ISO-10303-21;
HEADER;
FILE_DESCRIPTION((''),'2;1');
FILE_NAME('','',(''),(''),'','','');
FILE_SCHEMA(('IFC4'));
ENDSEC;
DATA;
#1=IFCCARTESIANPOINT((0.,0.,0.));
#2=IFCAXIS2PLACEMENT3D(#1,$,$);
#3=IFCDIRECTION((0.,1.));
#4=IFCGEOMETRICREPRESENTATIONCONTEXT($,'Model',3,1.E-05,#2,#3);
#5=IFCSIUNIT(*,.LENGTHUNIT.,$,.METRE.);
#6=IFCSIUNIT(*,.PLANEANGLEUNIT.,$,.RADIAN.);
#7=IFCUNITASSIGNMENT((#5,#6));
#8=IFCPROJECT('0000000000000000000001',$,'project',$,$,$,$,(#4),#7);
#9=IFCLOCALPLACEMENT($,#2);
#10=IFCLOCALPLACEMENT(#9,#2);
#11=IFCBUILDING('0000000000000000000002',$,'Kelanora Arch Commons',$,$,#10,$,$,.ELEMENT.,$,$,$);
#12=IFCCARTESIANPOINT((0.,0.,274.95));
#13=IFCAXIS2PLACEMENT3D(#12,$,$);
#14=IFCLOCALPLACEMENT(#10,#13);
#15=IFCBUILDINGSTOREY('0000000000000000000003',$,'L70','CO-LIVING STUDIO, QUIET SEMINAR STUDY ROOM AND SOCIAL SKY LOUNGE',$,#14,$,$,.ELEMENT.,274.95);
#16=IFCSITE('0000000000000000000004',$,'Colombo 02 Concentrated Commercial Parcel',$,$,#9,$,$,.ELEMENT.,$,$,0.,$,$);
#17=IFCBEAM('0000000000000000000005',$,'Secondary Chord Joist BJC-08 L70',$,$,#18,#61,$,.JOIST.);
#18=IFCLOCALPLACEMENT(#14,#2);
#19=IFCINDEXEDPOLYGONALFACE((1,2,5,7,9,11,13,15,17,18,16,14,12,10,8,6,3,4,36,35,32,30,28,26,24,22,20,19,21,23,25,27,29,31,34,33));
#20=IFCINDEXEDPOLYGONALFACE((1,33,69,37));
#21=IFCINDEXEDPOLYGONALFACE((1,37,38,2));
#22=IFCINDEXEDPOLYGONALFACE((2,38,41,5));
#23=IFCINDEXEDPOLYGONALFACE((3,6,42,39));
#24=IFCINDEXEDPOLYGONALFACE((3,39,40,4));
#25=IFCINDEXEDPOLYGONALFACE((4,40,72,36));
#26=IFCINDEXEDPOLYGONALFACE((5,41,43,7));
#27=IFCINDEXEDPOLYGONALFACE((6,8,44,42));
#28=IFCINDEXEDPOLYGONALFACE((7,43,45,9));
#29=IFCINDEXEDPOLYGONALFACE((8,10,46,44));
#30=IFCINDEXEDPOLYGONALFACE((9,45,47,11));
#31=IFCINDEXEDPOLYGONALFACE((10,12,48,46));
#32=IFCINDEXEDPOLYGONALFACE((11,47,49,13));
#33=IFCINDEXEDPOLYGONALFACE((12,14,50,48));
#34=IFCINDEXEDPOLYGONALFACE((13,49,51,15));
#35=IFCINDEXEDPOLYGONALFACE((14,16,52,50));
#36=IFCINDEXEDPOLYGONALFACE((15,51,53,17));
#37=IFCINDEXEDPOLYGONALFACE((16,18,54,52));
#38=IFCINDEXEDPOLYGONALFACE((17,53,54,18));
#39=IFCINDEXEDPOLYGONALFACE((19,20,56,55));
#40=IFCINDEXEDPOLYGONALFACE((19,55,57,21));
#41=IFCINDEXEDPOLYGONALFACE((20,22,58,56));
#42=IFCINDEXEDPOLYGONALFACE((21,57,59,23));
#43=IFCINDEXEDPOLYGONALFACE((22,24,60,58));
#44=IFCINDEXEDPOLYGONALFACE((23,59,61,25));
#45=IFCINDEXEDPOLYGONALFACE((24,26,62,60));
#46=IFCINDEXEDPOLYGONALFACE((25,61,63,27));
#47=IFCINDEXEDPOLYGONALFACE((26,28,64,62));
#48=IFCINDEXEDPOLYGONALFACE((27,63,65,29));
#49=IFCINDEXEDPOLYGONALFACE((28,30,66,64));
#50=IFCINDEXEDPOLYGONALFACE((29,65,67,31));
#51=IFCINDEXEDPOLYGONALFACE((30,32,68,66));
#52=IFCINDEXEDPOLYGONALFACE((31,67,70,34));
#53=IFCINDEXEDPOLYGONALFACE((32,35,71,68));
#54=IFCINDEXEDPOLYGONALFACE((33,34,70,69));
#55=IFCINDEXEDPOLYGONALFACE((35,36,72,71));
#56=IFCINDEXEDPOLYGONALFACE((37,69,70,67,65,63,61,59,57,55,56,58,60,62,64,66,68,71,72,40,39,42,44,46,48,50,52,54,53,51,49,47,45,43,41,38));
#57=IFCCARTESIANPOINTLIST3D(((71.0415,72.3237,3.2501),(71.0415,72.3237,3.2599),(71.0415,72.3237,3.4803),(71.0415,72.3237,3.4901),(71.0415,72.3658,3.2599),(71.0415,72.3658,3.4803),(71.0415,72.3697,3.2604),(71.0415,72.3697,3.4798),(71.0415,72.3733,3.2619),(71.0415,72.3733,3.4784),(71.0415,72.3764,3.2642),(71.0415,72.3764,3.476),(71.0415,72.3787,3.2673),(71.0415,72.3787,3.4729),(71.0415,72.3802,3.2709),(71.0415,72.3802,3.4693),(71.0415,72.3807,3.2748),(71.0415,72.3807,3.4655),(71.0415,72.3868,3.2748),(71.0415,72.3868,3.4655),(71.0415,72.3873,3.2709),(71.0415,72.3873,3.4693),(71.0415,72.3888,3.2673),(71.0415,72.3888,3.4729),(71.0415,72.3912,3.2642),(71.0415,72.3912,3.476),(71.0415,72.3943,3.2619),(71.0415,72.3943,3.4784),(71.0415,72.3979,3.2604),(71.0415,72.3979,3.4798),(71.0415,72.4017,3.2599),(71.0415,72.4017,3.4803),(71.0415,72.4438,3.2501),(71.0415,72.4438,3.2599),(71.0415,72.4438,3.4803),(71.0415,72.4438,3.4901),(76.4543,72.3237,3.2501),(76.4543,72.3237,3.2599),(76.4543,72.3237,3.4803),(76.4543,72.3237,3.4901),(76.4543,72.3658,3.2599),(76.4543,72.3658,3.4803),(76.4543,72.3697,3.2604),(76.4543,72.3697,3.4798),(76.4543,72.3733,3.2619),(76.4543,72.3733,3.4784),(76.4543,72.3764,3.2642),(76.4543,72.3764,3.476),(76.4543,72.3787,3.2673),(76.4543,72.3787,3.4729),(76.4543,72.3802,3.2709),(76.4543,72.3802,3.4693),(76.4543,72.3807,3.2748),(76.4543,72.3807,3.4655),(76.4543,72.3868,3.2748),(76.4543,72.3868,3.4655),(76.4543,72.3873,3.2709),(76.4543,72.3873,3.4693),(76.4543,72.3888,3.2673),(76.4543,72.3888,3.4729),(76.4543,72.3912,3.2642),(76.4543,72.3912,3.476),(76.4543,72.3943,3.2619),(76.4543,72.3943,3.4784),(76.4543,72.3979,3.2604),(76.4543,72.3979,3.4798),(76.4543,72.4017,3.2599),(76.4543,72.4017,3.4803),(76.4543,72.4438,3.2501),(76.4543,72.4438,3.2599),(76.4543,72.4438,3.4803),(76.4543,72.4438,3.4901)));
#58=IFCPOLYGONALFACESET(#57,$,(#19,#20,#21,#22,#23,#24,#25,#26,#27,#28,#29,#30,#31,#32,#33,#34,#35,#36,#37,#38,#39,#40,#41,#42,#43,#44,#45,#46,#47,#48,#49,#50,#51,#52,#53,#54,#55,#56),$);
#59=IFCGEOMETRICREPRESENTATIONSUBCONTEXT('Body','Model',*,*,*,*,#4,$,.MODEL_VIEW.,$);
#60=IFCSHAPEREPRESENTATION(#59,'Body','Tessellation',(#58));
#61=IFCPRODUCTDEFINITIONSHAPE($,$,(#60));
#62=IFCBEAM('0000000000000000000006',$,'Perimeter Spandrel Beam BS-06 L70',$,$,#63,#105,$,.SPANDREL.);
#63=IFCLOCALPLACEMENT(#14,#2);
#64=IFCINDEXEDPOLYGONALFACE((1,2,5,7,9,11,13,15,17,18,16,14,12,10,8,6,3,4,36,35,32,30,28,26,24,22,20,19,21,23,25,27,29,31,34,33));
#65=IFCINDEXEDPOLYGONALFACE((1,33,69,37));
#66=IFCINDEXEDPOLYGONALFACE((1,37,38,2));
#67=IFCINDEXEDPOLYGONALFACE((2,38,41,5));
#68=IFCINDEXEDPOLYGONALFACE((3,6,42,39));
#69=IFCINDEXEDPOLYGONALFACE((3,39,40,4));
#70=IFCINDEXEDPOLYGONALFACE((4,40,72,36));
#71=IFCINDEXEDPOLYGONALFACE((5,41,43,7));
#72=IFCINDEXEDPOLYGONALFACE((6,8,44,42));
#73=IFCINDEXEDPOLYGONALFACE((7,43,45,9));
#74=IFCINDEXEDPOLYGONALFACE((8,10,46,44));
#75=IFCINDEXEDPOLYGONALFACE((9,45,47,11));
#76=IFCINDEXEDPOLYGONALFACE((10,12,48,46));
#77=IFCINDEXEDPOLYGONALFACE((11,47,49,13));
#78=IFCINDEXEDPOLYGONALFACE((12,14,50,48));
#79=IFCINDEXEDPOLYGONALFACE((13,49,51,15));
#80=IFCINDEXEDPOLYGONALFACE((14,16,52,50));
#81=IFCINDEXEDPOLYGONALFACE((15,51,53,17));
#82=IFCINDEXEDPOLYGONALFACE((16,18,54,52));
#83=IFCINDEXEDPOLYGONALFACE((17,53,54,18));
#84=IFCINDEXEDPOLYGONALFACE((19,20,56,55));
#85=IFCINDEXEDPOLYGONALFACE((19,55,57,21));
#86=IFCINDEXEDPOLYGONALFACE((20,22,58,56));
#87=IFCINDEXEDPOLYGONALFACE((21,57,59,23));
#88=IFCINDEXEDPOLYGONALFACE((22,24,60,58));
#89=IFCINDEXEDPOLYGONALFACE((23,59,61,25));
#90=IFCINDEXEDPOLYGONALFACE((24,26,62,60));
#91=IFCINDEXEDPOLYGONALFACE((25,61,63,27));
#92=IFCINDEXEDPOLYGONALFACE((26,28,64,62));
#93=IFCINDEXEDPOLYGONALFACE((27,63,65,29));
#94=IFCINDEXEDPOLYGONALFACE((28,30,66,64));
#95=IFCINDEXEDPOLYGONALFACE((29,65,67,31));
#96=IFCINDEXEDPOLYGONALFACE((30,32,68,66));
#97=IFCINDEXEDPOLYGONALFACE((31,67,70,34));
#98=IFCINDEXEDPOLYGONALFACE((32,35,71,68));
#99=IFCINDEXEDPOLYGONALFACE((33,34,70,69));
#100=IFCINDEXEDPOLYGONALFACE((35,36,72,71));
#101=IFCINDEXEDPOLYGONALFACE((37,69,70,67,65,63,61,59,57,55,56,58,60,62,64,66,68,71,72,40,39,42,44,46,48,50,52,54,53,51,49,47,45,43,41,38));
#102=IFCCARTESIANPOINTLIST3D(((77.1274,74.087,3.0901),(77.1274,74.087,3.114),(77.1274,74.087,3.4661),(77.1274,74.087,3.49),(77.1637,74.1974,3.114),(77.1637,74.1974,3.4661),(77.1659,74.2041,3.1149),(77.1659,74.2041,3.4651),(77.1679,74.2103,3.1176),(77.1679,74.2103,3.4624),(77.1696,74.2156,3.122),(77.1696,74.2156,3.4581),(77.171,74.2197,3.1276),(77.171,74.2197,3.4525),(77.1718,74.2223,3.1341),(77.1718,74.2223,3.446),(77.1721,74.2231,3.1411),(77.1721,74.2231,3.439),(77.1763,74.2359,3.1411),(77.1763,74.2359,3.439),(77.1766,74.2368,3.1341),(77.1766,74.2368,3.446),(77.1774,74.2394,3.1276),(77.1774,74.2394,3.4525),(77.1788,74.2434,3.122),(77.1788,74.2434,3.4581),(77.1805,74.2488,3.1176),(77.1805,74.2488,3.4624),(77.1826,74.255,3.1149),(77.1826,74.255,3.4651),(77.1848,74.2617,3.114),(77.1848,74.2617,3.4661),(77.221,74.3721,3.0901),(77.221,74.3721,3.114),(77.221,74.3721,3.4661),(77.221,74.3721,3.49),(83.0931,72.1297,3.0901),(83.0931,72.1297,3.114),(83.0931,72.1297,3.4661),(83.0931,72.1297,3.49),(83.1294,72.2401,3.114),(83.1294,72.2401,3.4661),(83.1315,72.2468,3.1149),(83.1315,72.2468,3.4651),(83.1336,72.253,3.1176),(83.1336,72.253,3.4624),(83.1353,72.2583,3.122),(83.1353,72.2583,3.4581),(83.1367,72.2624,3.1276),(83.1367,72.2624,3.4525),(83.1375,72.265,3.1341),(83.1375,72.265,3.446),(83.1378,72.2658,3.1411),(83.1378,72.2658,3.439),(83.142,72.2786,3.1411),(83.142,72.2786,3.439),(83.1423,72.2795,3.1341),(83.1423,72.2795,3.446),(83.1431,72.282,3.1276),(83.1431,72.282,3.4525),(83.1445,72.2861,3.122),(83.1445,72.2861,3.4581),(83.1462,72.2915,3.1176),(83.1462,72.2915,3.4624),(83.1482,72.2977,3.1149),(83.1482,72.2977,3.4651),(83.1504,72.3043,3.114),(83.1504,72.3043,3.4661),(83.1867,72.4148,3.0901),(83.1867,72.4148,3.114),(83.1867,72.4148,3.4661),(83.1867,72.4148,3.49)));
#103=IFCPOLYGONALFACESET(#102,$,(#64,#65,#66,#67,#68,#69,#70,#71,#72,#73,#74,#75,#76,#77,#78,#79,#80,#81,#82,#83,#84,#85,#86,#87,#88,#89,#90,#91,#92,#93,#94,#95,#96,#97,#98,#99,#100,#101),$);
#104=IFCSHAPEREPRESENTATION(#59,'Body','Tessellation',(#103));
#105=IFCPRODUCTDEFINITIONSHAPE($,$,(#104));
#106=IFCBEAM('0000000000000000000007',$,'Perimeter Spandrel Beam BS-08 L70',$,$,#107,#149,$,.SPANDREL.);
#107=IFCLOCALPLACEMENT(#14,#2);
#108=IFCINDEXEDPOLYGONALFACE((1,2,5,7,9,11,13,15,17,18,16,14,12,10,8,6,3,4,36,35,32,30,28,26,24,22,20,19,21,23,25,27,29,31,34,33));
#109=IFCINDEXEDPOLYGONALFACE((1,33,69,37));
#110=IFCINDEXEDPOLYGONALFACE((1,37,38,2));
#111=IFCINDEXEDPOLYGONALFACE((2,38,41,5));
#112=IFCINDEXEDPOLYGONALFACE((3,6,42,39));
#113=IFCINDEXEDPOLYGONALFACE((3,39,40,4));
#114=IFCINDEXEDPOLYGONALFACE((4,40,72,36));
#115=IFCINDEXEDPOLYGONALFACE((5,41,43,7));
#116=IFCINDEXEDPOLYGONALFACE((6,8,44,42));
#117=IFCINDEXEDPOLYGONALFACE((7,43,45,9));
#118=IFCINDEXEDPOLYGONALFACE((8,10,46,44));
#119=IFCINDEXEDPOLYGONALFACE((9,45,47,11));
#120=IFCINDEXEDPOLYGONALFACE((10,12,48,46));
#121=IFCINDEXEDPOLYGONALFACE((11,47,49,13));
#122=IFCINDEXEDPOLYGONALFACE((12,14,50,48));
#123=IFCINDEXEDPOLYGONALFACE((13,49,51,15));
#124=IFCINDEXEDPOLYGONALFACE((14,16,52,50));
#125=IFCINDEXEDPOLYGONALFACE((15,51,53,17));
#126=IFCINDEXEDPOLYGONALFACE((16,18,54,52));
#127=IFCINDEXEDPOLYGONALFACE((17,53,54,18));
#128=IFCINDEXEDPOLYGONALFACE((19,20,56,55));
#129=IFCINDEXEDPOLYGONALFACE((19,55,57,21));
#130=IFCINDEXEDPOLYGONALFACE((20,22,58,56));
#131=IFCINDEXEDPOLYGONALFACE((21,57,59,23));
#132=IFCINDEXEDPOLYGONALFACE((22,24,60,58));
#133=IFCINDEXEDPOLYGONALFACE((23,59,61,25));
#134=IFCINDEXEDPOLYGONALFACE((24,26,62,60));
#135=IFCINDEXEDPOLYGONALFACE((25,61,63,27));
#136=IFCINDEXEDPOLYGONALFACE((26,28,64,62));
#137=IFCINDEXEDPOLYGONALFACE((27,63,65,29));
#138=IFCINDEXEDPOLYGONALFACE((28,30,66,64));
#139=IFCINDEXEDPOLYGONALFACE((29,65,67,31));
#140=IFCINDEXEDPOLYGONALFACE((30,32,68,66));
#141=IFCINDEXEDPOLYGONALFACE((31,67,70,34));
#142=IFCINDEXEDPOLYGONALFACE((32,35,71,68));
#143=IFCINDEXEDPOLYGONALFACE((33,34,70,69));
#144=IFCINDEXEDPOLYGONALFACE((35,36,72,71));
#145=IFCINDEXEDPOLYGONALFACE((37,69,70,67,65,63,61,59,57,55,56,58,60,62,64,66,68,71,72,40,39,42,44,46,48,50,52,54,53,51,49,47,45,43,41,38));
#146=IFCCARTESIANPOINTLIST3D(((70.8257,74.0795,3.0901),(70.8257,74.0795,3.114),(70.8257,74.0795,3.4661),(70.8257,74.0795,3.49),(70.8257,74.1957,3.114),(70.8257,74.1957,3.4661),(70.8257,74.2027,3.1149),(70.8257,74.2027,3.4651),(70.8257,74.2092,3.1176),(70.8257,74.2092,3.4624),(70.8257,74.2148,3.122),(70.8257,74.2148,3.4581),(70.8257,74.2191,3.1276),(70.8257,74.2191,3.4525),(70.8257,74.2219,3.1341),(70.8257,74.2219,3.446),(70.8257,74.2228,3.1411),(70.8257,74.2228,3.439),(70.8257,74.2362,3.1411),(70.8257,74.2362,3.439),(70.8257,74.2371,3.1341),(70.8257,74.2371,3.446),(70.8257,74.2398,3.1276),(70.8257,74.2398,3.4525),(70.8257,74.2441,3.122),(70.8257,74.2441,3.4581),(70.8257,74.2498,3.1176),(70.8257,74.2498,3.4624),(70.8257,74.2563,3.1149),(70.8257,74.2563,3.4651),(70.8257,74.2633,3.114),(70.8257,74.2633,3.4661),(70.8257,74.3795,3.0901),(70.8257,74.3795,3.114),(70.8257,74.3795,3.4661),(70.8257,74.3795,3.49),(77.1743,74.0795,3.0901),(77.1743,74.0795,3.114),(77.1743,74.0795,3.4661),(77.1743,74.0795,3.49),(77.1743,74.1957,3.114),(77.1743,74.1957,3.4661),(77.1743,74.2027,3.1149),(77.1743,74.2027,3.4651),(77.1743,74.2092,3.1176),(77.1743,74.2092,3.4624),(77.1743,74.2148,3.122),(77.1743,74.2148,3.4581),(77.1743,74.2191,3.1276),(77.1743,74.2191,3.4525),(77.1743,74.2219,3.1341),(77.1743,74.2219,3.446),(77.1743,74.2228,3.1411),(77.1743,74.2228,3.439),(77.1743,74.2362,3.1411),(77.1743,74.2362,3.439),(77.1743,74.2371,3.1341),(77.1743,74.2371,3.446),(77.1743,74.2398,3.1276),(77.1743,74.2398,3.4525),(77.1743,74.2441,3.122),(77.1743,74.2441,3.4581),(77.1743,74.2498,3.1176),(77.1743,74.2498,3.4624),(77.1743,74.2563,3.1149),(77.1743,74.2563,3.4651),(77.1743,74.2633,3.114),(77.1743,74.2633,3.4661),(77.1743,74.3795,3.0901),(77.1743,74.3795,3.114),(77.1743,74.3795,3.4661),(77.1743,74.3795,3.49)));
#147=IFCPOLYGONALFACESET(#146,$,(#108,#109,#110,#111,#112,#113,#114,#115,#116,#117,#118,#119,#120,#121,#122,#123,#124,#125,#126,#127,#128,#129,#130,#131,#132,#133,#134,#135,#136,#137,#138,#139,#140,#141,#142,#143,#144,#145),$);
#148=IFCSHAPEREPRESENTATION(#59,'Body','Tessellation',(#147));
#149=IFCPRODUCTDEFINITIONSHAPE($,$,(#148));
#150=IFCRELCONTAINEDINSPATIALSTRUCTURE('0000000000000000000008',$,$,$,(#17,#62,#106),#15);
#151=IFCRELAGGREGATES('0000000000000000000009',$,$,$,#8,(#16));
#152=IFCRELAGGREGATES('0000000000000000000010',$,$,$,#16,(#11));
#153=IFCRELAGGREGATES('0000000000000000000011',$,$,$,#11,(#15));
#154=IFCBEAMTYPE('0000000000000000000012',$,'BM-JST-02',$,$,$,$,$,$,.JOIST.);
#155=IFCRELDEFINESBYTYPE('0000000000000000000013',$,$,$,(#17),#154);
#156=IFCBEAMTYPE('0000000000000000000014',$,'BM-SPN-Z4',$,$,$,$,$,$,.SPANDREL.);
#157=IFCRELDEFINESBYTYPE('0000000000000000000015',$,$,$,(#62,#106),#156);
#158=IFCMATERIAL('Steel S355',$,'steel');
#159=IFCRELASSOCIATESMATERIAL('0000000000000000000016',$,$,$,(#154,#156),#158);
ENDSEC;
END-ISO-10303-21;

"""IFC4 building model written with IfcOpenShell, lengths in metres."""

from ifc_helpers import new_model, si_unit, direction, frame, origin, origin_2d, place, context, subcontext, project, spatial, i_section, extrude, material, material_profile, profile_set, type_object, element, save


model = new_model("IFC4")

# Units and contexts
model_context = context("Model", 3, precision=1e-05, world=origin(), true_north=direction((0.0, 1.0)))
body_context = subcontext(model_context, "Body", "Model", "MODEL_VIEW")
ifc_project = project(units=[si_unit("LENGTHUNIT", "METRE"), si_unit("PLANEANGLEUNIT", "RADIAN")], contexts=[model_context])

# Site, building, storey
site_placement = place(None, origin())
site = spatial("IfcSite", under=ifc_project, at=site_placement, Name="Colombo 02 Concentrated Commercial Parcel", CompositionType="ELEMENT", RefElevation=0.0)
building_placement = place(site_placement, origin())
building = spatial("IfcBuilding", under=site, at=building_placement, Name="Kelanora Arch Commons", CompositionType="ELEMENT")
storey_placement = place(building_placement, frame((0.0, 0.0, 274.95)))
storey = spatial("IfcBuildingStorey", under=building, at=storey_placement, Name="L70", Description="CO-LIVING STUDIO, QUIET SEMINAR STUDY ROOM AND SOCIAL SKY LOUNGE", CompositionType="ELEMENT", Elevation=274.95)

# Beams
ifc_material_1 = material(Name="Steel S355", Category="steel")
ifc_material_profile_1 = material_profile(ifc_material_1, i_section(OverallWidth=0.1201, OverallDepth=0.24, WebThickness=0.0061, FlangeThickness=0.0098, FilletRadius=0.0149, at=origin_2d()), Name="IPE240")
ifc_profile_set_1 = profile_set([ifc_material_profile_1], Name="Steel S355")
beam_type_1 = type_object("IfcBeamType", Name="BM-JST-02", PredefinedType="JOIST", material=ifc_profile_set_1)
beam_1_placement = place(storey_placement, frame((76.4543, 72.3838, 3.3701), z_axis=(-1.0, 0.0, 0.0), x_axis=(0.0, -1.0, 0.0)))
element("IfcBeam", 1, at=beam_1_placement, inside=storey, type_object=beam_type_1, Name="Secondary Chord Joist BJC-08 L70", PredefinedType="JOIST", context=body_context, shape_type="SweptSolid", body=[
    extrude(i_section(OverallWidth=0.1201, OverallDepth=0.24, WebThickness=0.0061, FlangeThickness=0.0098, FilletRadius=0.0149, at=origin_2d()), origin(), (0.0, 0.0, 1.0), 5.4128),
])
ifc_material_profile_2 = material_profile(ifc_material_1, i_section(OverallWidth=0.3, OverallDepth=0.3999, WebThickness=0.0134, FlangeThickness=0.0239, FilletRadius=0.0271, at=origin_2d()), Name="HEB400")
ifc_profile_set_2 = profile_set([ifc_material_profile_2], Name="Steel S355")
beam_type_2 = type_object("IfcBeamType", Name="BM-SPN-Z4", PredefinedType="SPANDREL", material=ifc_profile_set_2)
beam_2_placement = place(storey_placement, frame((83.1399, 72.2722, 3.29), z_axis=(-0.950166, 0.311745, 0.0), x_axis=(-0.311745, -0.950166, 0.0)))
element("IfcBeam", 2, at=beam_2_placement, inside=storey, type_object=beam_type_2, Name="Perimeter Spandrel Beam BS-06 L70", PredefinedType="SPANDREL", context=body_context, shape_type="SweptSolid", body=[
    extrude(i_section(OverallWidth=0.3, OverallDepth=0.3999, WebThickness=0.0134, FlangeThickness=0.0239, FilletRadius=0.0271, at=origin_2d()), origin(), (0.0, 0.0, 1.0), 6.2786),
])
beam_3_placement = place(storey_placement, frame((77.1743, 74.2295, 3.29), z_axis=(-1.0, 0.0, 0.0), x_axis=(0.0, -1.0, 0.0)))
element("IfcBeam", 3, at=beam_3_placement, inside=storey, type_object=beam_type_2, Name="Perimeter Spandrel Beam BS-08 L70", PredefinedType="SPANDREL", context=body_context, shape_type="SweptSolid", body=[
    extrude(i_section(OverallWidth=0.3, OverallDepth=0.3999, WebThickness=0.0134, FlangeThickness=0.0239, FilletRadius=0.0271, at=origin_2d()), origin(), (0.0, 0.0, 1.0), 6.3486),
])

save(model, "model.ifc")
